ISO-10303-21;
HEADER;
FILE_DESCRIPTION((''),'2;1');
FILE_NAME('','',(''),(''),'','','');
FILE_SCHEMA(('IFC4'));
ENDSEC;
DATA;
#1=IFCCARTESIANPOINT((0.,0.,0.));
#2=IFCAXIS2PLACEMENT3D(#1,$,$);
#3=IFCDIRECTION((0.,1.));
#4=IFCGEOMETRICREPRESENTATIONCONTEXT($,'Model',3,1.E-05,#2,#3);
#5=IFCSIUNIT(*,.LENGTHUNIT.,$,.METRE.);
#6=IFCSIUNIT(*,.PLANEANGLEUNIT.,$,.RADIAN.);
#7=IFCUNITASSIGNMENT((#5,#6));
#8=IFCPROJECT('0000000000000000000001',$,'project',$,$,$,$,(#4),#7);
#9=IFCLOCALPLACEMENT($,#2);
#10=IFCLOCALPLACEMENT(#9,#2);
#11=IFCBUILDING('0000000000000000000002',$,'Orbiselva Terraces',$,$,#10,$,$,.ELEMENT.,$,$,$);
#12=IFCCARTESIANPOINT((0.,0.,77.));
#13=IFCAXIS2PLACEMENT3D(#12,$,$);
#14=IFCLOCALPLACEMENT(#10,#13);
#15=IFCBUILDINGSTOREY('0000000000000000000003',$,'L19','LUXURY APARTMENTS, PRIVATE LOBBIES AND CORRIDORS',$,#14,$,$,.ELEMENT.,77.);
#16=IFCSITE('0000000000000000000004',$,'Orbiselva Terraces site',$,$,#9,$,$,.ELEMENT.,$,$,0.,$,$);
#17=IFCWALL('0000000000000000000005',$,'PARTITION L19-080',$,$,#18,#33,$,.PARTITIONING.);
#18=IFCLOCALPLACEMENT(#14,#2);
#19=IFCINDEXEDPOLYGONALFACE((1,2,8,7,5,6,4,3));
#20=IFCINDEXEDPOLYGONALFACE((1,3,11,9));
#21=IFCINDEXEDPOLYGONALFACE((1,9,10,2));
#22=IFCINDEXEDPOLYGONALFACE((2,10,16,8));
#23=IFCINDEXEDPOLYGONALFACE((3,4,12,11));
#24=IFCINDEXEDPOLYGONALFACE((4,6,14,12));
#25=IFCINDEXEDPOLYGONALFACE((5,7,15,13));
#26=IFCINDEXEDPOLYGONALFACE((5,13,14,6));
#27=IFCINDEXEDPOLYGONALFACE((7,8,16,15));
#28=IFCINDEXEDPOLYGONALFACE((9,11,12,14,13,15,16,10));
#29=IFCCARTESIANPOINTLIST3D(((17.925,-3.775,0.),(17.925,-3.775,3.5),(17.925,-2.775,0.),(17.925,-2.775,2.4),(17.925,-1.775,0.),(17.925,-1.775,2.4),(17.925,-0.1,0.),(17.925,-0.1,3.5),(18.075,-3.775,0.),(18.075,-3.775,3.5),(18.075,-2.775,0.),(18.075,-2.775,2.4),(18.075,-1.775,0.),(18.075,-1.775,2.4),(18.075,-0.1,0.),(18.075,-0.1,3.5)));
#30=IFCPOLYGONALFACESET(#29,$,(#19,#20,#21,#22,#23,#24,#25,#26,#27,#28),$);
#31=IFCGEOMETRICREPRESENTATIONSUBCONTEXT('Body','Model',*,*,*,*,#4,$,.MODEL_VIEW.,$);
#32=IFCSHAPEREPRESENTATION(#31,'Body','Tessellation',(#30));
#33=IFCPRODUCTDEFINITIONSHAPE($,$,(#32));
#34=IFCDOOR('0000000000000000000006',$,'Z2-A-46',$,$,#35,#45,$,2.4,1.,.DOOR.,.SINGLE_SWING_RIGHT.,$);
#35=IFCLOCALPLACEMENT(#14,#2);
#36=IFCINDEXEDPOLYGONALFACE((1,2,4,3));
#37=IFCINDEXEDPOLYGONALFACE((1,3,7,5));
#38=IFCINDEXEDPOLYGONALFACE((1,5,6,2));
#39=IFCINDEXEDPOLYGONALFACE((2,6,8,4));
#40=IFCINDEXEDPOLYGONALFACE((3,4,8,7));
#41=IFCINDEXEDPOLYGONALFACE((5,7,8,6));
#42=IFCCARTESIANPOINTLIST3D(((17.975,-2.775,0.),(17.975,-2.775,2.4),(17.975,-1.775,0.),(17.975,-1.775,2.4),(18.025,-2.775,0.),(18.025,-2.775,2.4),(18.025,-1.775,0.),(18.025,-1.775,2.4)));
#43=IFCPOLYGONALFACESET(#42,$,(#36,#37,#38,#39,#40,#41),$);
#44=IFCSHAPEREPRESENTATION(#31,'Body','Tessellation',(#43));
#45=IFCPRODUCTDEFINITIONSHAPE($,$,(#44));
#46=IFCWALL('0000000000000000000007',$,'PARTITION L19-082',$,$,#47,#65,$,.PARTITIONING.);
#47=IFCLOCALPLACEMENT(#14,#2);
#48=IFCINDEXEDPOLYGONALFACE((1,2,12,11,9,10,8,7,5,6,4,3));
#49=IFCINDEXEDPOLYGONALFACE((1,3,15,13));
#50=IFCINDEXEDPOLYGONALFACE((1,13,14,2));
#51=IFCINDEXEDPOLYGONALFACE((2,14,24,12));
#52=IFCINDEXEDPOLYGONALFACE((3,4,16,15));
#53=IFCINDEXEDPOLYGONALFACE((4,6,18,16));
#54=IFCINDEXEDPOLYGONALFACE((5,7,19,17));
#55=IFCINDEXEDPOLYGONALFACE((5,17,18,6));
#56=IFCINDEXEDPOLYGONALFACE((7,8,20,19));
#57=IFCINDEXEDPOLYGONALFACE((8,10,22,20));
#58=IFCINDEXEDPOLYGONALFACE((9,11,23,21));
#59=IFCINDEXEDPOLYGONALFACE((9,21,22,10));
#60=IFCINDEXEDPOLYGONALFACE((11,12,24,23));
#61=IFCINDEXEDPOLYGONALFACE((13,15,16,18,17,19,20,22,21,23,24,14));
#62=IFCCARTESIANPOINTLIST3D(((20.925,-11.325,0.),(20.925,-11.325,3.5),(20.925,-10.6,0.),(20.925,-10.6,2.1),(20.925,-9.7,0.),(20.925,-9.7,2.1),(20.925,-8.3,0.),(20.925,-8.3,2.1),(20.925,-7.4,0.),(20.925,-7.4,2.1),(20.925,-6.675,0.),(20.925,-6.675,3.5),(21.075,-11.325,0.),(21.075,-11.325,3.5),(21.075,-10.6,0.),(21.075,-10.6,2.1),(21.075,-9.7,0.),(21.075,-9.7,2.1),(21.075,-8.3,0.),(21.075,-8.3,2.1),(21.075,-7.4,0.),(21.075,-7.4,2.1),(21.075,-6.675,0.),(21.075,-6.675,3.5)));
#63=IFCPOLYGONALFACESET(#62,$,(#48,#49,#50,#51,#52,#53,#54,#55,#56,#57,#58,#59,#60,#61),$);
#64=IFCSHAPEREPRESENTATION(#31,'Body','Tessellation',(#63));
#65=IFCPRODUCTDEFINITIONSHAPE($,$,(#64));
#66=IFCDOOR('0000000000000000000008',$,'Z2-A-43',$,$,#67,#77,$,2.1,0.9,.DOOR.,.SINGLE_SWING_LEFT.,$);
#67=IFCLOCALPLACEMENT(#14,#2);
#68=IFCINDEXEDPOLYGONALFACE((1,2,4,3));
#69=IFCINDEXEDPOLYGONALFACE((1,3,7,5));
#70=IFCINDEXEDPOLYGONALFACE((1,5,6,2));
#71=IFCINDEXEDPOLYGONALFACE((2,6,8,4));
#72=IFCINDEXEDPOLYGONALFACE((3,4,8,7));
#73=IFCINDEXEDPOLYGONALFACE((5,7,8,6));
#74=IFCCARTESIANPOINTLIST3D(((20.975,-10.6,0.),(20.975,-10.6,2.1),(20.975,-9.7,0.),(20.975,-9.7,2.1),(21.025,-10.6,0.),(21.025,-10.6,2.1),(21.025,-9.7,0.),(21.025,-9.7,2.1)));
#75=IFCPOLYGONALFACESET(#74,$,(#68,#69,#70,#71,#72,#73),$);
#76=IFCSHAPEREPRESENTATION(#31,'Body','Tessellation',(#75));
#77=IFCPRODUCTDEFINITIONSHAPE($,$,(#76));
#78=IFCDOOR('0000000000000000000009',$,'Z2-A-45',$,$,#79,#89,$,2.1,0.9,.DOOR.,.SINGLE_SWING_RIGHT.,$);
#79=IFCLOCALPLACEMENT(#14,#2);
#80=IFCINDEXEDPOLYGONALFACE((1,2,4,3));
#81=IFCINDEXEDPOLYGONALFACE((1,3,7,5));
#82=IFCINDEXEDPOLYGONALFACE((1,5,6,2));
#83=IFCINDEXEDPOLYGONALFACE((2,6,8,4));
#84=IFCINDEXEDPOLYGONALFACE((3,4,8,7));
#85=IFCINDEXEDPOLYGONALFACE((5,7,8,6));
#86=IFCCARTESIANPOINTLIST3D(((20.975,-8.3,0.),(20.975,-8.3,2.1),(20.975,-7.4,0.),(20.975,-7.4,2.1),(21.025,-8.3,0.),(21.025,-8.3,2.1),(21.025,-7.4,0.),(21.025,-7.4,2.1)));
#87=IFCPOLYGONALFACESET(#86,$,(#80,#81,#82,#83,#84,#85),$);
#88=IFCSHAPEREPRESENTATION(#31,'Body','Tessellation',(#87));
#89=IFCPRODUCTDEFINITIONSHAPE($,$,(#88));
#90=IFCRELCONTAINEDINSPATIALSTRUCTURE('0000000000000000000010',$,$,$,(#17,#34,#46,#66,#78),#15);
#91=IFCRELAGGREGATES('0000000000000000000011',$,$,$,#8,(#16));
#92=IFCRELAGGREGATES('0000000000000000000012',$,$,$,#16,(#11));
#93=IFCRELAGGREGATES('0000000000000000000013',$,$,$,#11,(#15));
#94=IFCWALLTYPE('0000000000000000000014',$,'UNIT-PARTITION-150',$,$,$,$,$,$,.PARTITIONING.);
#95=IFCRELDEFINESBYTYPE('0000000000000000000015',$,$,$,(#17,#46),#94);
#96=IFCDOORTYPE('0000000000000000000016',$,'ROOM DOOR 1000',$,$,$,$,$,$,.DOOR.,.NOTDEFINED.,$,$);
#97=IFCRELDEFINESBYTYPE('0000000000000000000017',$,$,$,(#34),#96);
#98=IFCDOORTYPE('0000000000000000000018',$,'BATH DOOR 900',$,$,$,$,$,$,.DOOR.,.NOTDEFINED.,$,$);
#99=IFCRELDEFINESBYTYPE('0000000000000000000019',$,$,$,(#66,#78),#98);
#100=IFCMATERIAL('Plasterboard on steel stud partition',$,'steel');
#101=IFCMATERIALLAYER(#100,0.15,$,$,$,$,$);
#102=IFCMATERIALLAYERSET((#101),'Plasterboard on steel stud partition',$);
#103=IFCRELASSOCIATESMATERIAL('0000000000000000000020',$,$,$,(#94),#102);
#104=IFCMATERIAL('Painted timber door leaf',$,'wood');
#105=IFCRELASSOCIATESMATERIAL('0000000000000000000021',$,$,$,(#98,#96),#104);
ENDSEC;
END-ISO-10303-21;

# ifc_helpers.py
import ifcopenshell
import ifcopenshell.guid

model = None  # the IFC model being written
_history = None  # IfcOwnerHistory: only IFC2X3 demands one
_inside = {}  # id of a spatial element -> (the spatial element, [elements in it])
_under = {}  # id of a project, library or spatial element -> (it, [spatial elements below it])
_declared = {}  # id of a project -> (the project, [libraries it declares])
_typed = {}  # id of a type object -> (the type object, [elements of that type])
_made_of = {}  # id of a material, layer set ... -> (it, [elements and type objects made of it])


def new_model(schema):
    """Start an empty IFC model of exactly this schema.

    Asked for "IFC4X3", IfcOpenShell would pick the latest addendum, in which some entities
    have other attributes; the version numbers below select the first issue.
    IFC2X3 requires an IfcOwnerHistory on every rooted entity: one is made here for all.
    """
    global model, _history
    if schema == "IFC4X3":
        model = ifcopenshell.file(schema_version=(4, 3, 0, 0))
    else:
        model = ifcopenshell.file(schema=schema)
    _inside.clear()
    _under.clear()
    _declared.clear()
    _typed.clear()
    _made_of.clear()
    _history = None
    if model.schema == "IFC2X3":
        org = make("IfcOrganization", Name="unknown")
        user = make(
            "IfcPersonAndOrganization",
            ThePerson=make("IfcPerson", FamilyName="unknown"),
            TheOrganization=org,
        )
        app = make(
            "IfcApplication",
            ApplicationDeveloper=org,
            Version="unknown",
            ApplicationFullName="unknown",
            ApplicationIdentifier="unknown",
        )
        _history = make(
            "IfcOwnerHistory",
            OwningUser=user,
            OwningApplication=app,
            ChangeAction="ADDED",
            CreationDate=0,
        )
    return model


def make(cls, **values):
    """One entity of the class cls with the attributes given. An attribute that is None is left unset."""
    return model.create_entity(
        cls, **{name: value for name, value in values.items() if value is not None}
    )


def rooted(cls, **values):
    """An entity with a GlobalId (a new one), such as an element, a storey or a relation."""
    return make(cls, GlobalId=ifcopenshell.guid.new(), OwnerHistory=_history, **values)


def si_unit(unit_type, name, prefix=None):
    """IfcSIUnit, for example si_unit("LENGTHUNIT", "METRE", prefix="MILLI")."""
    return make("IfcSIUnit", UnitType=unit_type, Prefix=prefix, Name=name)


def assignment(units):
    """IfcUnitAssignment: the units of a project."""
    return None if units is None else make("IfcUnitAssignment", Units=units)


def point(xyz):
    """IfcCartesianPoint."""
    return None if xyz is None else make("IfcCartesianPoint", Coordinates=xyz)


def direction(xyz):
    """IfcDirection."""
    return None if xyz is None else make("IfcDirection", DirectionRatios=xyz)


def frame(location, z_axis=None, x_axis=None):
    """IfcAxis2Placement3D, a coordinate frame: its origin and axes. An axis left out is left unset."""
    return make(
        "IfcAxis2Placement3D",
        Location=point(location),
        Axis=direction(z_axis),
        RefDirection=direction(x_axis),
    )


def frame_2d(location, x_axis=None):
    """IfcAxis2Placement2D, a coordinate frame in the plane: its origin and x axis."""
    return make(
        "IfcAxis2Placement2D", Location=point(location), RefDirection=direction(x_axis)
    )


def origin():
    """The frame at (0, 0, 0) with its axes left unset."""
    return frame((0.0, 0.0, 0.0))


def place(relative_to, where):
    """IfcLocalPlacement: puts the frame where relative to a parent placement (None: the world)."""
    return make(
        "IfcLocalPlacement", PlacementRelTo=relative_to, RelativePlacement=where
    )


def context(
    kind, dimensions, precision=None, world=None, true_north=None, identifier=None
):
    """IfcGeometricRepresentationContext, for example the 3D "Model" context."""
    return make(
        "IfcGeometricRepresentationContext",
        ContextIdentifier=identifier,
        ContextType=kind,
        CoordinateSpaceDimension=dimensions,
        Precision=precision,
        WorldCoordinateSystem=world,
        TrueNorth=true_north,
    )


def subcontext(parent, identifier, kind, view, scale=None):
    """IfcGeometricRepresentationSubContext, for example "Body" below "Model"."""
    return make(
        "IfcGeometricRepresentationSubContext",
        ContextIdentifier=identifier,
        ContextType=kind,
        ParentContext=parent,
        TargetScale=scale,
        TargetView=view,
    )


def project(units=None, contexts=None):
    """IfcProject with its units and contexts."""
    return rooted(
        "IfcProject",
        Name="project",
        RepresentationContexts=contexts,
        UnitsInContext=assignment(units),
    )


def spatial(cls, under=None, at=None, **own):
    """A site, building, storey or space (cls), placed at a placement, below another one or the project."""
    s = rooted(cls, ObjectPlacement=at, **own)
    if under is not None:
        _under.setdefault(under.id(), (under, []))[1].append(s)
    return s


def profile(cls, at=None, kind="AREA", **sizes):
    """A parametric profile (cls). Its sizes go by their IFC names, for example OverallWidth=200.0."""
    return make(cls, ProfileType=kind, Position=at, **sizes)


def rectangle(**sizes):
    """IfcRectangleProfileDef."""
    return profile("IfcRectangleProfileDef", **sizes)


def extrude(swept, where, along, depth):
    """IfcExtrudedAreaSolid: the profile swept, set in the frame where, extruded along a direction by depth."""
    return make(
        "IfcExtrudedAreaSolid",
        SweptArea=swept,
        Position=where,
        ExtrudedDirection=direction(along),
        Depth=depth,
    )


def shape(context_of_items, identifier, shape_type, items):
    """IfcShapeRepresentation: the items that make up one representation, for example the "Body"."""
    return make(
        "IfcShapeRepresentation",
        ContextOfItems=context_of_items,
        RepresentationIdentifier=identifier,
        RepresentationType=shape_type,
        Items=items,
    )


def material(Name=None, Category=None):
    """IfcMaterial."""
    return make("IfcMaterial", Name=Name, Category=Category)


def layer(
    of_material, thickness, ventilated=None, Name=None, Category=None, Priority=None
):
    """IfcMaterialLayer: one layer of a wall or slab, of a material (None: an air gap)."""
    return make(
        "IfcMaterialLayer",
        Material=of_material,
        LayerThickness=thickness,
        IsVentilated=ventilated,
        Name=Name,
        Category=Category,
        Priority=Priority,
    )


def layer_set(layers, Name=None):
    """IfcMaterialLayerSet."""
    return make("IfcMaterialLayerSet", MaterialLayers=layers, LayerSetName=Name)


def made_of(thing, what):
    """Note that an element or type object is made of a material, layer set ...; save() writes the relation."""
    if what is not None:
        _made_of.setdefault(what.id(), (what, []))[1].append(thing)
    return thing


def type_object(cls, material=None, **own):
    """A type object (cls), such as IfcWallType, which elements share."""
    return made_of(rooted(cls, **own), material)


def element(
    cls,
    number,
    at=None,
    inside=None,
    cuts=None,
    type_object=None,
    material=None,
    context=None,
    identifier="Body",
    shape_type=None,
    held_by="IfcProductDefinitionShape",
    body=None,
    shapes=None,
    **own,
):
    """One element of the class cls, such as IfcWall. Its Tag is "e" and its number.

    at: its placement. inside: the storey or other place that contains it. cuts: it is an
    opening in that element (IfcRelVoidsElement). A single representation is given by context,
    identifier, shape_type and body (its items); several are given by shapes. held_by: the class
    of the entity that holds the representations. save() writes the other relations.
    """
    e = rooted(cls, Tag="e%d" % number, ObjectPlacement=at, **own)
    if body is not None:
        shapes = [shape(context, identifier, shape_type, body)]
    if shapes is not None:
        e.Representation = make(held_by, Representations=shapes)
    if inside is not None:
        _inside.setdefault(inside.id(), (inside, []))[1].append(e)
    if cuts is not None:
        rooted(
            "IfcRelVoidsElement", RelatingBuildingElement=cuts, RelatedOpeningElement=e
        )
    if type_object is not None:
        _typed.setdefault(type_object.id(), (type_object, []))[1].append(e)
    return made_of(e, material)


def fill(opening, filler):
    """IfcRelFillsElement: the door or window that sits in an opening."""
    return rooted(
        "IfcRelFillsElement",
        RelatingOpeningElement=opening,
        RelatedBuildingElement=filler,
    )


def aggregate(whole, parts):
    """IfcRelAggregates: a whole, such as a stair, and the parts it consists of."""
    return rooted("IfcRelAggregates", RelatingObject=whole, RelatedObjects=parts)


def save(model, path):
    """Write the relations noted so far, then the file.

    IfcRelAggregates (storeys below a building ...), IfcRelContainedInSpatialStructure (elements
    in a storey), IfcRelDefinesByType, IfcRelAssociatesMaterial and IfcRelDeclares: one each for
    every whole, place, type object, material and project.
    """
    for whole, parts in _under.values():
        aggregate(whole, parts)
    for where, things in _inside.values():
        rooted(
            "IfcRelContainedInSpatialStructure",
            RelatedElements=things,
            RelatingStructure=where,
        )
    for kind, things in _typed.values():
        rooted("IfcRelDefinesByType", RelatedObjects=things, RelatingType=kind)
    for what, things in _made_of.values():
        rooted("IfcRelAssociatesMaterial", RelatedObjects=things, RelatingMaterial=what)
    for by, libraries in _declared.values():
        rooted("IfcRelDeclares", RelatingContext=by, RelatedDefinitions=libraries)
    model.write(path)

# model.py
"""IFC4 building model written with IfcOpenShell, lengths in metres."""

from ifc_helpers import new_model, si_unit, direction, frame, frame_2d, origin, place, context, subcontext, project, spatial, rectangle, extrude, material, layer, layer_set, type_object, element, fill, save


model = new_model("IFC4")

# Units and contexts
model_context = context("Model", 3, precision=1e-05, world=origin(), true_north=direction((0.0, 1.0)))
body_context = subcontext(model_context, "Body", "Model", "MODEL_VIEW")
ifc_project = project(units=[si_unit("LENGTHUNIT", "METRE"), si_unit("PLANEANGLEUNIT", "RADIAN")], contexts=[model_context])

# Site, building, storey
site_placement = place(None, origin())
site = spatial("IfcSite", under=ifc_project, at=site_placement, Name="Orbiselva Terraces site", CompositionType="ELEMENT", RefElevation=0.0)
building_placement = place(site_placement, origin())
building = spatial("IfcBuilding", under=site, at=building_placement, Name="Orbiselva Terraces", CompositionType="ELEMENT")
storey_placement = place(building_placement, frame((0.0, 0.0, 77.0)))
storey = spatial("IfcBuildingStorey", under=building, at=storey_placement, Name="L19", Description="LUXURY APARTMENTS, PRIVATE LOBBIES AND CORRIDORS", CompositionType="ELEMENT", Elevation=77.0)

# Shared definitions
ifc_material_1 = material(Name="Plasterboard on steel stud partition", Category="steel")
ifc_layer_1 = layer(ifc_material_1, 0.15)
ifc_layer_set_1 = layer_set([ifc_layer_1], Name="Plasterboard on steel stud partition")
wall_type_1 = type_object("IfcWallType", Name="UNIT-PARTITION-150", PredefinedType="PARTITIONING", material=ifc_layer_set_1)

# Shared definitions
ifc_material_2 = material(Name="Painted timber door leaf", Category="wood")
door_type_1 = type_object("IfcDoorType", Name="BATH DOOR 900", OperationType="NOTDEFINED", PredefinedType="DOOR", material=ifc_material_2)

# Shared definitions
door_type_2 = type_object("IfcDoorType", Name="ROOM DOOR 1000", OperationType="NOTDEFINED", PredefinedType="DOOR", material=ifc_material_2)

# Wall, opening, door
wall_1_placement = place(storey_placement, frame((18.0, -0.1, 0.0), z_axis=(0.0, 0.0, 1.0), x_axis=(0.0, -1.0, 0.0)))
wall_1 = element("IfcWall", 1, at=wall_1_placement, inside=storey, type_object=wall_type_1, Name="PARTITION L19-080", PredefinedType="PARTITIONING", context=body_context, shape_type="SweptSolid", body=[
    extrude(rectangle(XDim=3.675, YDim=0.15, at=frame_2d((1.8375, 0.0))), origin(), (0.0, 0.0, 1.0), 3.5),
])
opening_1_placement = place(wall_1_placement, frame((1.675, 0.0, 0.0)))
opening_1 = element("IfcOpeningElement", 2, at=opening_1_placement, cuts=wall_1, PredefinedType="OPENING", context=body_context, shape_type="SweptSolid", body=[
    extrude(rectangle(XDim=1.0, YDim=2.4, at=frame_2d((0.5, 1.2))), frame((0.0, 0.085, 0.0), z_axis=(0.0, -1.0, 0.0), x_axis=(1.0, 0.0, 0.0)), (0.0, 0.0, 1.0), 0.17),
])
door_1_placement = place(opening_1_placement, origin())
door_1 = element("IfcDoor", 3, at=door_1_placement, inside=storey, type_object=door_type_2, Name="Z2-A-46", OperationType="SINGLE_SWING_RIGHT", OverallHeight=2.4, OverallWidth=1.0, PredefinedType="DOOR", context=body_context, shape_type="SweptSolid", body=[
    extrude(rectangle(XDim=1.0, YDim=2.4, at=frame_2d((0.5, 1.2))), frame((0.0, 0.025, 0.0), z_axis=(0.0, -1.0, 0.0), x_axis=(1.0, 0.0, 0.0)), (0.0, 0.0, 1.0), 0.05),
])
fill(opening_1, door_1)

# Wall, openings, doors
wall_2_placement = place(storey_placement, frame((21.0, -11.325, 0.0), z_axis=(0.0, 0.0, 1.0), x_axis=(0.0, 1.0, 0.0)))
wall_2 = element("IfcWall", 4, at=wall_2_placement, inside=storey, type_object=wall_type_1, Name="PARTITION L19-082", PredefinedType="PARTITIONING", context=body_context, shape_type="SweptSolid", body=[
    extrude(rectangle(XDim=4.65, YDim=0.15, at=frame_2d((2.325, 0.0))), origin(), (0.0, 0.0, 1.0), 3.5),
])
opening_2_placement = place(wall_2_placement, frame((0.725, 0.0, 0.0)))
opening_2 = element("IfcOpeningElement", 5, at=opening_2_placement, cuts=wall_2, PredefinedType="OPENING", context=body_context, shape_type="SweptSolid", body=[
    extrude(rectangle(XDim=0.9, YDim=2.1, at=frame_2d((0.45, 1.05))), frame((0.0, 0.085, 0.0), z_axis=(0.0, -1.0, 0.0), x_axis=(1.0, 0.0, 0.0)), (0.0, 0.0, 1.0), 0.17),
])
opening_3_placement = place(wall_2_placement, frame((3.025, 0.0, 0.0)))
opening_3 = element("IfcOpeningElement", 6, at=opening_3_placement, cuts=wall_2, PredefinedType="OPENING", context=body_context, shape_type="SweptSolid", body=[
    extrude(rectangle(XDim=0.9, YDim=2.1, at=frame_2d((0.45, 1.05))), frame((0.0, 0.085, 0.0), z_axis=(0.0, -1.0, 0.0), x_axis=(1.0, 0.0, 0.0)), (0.0, 0.0, 1.0), 0.17),
])
door_2_placement = place(opening_2_placement, origin())
door_2 = element("IfcDoor", 7, at=door_2_placement, inside=storey, type_object=door_type_1, Name="Z2-A-43", OperationType="SINGLE_SWING_LEFT", OverallHeight=2.1, OverallWidth=0.9, PredefinedType="DOOR", context=body_context, shape_type="SweptSolid", body=[
    extrude(rectangle(XDim=0.9, YDim=2.1, at=frame_2d((0.45, 1.05))), frame((0.0, 0.025, 0.0), z_axis=(0.0, -1.0, 0.0), x_axis=(1.0, 0.0, 0.0)), (0.0, 0.0, 1.0), 0.05),
])
fill(opening_2, door_2)
door_3_placement = place(opening_3_placement, origin())
door_3 = element("IfcDoor", 8, at=door_3_placement, inside=storey, type_object=door_type_1, Name="Z2-A-45", OperationType="SINGLE_SWING_RIGHT", OverallHeight=2.1, OverallWidth=0.9, PredefinedType="DOOR", context=body_context, shape_type="SweptSolid", body=[
    extrude(rectangle(XDim=0.9, YDim=2.1, at=frame_2d((0.45, 1.05))), frame((0.0, 0.025, 0.0), z_axis=(0.0, -1.0, 0.0), x_axis=(1.0, 0.0, 0.0)), (0.0, 0.0, 1.0), 0.05),
])
fill(opening_3, door_3)

save(model, "model.ifc")
